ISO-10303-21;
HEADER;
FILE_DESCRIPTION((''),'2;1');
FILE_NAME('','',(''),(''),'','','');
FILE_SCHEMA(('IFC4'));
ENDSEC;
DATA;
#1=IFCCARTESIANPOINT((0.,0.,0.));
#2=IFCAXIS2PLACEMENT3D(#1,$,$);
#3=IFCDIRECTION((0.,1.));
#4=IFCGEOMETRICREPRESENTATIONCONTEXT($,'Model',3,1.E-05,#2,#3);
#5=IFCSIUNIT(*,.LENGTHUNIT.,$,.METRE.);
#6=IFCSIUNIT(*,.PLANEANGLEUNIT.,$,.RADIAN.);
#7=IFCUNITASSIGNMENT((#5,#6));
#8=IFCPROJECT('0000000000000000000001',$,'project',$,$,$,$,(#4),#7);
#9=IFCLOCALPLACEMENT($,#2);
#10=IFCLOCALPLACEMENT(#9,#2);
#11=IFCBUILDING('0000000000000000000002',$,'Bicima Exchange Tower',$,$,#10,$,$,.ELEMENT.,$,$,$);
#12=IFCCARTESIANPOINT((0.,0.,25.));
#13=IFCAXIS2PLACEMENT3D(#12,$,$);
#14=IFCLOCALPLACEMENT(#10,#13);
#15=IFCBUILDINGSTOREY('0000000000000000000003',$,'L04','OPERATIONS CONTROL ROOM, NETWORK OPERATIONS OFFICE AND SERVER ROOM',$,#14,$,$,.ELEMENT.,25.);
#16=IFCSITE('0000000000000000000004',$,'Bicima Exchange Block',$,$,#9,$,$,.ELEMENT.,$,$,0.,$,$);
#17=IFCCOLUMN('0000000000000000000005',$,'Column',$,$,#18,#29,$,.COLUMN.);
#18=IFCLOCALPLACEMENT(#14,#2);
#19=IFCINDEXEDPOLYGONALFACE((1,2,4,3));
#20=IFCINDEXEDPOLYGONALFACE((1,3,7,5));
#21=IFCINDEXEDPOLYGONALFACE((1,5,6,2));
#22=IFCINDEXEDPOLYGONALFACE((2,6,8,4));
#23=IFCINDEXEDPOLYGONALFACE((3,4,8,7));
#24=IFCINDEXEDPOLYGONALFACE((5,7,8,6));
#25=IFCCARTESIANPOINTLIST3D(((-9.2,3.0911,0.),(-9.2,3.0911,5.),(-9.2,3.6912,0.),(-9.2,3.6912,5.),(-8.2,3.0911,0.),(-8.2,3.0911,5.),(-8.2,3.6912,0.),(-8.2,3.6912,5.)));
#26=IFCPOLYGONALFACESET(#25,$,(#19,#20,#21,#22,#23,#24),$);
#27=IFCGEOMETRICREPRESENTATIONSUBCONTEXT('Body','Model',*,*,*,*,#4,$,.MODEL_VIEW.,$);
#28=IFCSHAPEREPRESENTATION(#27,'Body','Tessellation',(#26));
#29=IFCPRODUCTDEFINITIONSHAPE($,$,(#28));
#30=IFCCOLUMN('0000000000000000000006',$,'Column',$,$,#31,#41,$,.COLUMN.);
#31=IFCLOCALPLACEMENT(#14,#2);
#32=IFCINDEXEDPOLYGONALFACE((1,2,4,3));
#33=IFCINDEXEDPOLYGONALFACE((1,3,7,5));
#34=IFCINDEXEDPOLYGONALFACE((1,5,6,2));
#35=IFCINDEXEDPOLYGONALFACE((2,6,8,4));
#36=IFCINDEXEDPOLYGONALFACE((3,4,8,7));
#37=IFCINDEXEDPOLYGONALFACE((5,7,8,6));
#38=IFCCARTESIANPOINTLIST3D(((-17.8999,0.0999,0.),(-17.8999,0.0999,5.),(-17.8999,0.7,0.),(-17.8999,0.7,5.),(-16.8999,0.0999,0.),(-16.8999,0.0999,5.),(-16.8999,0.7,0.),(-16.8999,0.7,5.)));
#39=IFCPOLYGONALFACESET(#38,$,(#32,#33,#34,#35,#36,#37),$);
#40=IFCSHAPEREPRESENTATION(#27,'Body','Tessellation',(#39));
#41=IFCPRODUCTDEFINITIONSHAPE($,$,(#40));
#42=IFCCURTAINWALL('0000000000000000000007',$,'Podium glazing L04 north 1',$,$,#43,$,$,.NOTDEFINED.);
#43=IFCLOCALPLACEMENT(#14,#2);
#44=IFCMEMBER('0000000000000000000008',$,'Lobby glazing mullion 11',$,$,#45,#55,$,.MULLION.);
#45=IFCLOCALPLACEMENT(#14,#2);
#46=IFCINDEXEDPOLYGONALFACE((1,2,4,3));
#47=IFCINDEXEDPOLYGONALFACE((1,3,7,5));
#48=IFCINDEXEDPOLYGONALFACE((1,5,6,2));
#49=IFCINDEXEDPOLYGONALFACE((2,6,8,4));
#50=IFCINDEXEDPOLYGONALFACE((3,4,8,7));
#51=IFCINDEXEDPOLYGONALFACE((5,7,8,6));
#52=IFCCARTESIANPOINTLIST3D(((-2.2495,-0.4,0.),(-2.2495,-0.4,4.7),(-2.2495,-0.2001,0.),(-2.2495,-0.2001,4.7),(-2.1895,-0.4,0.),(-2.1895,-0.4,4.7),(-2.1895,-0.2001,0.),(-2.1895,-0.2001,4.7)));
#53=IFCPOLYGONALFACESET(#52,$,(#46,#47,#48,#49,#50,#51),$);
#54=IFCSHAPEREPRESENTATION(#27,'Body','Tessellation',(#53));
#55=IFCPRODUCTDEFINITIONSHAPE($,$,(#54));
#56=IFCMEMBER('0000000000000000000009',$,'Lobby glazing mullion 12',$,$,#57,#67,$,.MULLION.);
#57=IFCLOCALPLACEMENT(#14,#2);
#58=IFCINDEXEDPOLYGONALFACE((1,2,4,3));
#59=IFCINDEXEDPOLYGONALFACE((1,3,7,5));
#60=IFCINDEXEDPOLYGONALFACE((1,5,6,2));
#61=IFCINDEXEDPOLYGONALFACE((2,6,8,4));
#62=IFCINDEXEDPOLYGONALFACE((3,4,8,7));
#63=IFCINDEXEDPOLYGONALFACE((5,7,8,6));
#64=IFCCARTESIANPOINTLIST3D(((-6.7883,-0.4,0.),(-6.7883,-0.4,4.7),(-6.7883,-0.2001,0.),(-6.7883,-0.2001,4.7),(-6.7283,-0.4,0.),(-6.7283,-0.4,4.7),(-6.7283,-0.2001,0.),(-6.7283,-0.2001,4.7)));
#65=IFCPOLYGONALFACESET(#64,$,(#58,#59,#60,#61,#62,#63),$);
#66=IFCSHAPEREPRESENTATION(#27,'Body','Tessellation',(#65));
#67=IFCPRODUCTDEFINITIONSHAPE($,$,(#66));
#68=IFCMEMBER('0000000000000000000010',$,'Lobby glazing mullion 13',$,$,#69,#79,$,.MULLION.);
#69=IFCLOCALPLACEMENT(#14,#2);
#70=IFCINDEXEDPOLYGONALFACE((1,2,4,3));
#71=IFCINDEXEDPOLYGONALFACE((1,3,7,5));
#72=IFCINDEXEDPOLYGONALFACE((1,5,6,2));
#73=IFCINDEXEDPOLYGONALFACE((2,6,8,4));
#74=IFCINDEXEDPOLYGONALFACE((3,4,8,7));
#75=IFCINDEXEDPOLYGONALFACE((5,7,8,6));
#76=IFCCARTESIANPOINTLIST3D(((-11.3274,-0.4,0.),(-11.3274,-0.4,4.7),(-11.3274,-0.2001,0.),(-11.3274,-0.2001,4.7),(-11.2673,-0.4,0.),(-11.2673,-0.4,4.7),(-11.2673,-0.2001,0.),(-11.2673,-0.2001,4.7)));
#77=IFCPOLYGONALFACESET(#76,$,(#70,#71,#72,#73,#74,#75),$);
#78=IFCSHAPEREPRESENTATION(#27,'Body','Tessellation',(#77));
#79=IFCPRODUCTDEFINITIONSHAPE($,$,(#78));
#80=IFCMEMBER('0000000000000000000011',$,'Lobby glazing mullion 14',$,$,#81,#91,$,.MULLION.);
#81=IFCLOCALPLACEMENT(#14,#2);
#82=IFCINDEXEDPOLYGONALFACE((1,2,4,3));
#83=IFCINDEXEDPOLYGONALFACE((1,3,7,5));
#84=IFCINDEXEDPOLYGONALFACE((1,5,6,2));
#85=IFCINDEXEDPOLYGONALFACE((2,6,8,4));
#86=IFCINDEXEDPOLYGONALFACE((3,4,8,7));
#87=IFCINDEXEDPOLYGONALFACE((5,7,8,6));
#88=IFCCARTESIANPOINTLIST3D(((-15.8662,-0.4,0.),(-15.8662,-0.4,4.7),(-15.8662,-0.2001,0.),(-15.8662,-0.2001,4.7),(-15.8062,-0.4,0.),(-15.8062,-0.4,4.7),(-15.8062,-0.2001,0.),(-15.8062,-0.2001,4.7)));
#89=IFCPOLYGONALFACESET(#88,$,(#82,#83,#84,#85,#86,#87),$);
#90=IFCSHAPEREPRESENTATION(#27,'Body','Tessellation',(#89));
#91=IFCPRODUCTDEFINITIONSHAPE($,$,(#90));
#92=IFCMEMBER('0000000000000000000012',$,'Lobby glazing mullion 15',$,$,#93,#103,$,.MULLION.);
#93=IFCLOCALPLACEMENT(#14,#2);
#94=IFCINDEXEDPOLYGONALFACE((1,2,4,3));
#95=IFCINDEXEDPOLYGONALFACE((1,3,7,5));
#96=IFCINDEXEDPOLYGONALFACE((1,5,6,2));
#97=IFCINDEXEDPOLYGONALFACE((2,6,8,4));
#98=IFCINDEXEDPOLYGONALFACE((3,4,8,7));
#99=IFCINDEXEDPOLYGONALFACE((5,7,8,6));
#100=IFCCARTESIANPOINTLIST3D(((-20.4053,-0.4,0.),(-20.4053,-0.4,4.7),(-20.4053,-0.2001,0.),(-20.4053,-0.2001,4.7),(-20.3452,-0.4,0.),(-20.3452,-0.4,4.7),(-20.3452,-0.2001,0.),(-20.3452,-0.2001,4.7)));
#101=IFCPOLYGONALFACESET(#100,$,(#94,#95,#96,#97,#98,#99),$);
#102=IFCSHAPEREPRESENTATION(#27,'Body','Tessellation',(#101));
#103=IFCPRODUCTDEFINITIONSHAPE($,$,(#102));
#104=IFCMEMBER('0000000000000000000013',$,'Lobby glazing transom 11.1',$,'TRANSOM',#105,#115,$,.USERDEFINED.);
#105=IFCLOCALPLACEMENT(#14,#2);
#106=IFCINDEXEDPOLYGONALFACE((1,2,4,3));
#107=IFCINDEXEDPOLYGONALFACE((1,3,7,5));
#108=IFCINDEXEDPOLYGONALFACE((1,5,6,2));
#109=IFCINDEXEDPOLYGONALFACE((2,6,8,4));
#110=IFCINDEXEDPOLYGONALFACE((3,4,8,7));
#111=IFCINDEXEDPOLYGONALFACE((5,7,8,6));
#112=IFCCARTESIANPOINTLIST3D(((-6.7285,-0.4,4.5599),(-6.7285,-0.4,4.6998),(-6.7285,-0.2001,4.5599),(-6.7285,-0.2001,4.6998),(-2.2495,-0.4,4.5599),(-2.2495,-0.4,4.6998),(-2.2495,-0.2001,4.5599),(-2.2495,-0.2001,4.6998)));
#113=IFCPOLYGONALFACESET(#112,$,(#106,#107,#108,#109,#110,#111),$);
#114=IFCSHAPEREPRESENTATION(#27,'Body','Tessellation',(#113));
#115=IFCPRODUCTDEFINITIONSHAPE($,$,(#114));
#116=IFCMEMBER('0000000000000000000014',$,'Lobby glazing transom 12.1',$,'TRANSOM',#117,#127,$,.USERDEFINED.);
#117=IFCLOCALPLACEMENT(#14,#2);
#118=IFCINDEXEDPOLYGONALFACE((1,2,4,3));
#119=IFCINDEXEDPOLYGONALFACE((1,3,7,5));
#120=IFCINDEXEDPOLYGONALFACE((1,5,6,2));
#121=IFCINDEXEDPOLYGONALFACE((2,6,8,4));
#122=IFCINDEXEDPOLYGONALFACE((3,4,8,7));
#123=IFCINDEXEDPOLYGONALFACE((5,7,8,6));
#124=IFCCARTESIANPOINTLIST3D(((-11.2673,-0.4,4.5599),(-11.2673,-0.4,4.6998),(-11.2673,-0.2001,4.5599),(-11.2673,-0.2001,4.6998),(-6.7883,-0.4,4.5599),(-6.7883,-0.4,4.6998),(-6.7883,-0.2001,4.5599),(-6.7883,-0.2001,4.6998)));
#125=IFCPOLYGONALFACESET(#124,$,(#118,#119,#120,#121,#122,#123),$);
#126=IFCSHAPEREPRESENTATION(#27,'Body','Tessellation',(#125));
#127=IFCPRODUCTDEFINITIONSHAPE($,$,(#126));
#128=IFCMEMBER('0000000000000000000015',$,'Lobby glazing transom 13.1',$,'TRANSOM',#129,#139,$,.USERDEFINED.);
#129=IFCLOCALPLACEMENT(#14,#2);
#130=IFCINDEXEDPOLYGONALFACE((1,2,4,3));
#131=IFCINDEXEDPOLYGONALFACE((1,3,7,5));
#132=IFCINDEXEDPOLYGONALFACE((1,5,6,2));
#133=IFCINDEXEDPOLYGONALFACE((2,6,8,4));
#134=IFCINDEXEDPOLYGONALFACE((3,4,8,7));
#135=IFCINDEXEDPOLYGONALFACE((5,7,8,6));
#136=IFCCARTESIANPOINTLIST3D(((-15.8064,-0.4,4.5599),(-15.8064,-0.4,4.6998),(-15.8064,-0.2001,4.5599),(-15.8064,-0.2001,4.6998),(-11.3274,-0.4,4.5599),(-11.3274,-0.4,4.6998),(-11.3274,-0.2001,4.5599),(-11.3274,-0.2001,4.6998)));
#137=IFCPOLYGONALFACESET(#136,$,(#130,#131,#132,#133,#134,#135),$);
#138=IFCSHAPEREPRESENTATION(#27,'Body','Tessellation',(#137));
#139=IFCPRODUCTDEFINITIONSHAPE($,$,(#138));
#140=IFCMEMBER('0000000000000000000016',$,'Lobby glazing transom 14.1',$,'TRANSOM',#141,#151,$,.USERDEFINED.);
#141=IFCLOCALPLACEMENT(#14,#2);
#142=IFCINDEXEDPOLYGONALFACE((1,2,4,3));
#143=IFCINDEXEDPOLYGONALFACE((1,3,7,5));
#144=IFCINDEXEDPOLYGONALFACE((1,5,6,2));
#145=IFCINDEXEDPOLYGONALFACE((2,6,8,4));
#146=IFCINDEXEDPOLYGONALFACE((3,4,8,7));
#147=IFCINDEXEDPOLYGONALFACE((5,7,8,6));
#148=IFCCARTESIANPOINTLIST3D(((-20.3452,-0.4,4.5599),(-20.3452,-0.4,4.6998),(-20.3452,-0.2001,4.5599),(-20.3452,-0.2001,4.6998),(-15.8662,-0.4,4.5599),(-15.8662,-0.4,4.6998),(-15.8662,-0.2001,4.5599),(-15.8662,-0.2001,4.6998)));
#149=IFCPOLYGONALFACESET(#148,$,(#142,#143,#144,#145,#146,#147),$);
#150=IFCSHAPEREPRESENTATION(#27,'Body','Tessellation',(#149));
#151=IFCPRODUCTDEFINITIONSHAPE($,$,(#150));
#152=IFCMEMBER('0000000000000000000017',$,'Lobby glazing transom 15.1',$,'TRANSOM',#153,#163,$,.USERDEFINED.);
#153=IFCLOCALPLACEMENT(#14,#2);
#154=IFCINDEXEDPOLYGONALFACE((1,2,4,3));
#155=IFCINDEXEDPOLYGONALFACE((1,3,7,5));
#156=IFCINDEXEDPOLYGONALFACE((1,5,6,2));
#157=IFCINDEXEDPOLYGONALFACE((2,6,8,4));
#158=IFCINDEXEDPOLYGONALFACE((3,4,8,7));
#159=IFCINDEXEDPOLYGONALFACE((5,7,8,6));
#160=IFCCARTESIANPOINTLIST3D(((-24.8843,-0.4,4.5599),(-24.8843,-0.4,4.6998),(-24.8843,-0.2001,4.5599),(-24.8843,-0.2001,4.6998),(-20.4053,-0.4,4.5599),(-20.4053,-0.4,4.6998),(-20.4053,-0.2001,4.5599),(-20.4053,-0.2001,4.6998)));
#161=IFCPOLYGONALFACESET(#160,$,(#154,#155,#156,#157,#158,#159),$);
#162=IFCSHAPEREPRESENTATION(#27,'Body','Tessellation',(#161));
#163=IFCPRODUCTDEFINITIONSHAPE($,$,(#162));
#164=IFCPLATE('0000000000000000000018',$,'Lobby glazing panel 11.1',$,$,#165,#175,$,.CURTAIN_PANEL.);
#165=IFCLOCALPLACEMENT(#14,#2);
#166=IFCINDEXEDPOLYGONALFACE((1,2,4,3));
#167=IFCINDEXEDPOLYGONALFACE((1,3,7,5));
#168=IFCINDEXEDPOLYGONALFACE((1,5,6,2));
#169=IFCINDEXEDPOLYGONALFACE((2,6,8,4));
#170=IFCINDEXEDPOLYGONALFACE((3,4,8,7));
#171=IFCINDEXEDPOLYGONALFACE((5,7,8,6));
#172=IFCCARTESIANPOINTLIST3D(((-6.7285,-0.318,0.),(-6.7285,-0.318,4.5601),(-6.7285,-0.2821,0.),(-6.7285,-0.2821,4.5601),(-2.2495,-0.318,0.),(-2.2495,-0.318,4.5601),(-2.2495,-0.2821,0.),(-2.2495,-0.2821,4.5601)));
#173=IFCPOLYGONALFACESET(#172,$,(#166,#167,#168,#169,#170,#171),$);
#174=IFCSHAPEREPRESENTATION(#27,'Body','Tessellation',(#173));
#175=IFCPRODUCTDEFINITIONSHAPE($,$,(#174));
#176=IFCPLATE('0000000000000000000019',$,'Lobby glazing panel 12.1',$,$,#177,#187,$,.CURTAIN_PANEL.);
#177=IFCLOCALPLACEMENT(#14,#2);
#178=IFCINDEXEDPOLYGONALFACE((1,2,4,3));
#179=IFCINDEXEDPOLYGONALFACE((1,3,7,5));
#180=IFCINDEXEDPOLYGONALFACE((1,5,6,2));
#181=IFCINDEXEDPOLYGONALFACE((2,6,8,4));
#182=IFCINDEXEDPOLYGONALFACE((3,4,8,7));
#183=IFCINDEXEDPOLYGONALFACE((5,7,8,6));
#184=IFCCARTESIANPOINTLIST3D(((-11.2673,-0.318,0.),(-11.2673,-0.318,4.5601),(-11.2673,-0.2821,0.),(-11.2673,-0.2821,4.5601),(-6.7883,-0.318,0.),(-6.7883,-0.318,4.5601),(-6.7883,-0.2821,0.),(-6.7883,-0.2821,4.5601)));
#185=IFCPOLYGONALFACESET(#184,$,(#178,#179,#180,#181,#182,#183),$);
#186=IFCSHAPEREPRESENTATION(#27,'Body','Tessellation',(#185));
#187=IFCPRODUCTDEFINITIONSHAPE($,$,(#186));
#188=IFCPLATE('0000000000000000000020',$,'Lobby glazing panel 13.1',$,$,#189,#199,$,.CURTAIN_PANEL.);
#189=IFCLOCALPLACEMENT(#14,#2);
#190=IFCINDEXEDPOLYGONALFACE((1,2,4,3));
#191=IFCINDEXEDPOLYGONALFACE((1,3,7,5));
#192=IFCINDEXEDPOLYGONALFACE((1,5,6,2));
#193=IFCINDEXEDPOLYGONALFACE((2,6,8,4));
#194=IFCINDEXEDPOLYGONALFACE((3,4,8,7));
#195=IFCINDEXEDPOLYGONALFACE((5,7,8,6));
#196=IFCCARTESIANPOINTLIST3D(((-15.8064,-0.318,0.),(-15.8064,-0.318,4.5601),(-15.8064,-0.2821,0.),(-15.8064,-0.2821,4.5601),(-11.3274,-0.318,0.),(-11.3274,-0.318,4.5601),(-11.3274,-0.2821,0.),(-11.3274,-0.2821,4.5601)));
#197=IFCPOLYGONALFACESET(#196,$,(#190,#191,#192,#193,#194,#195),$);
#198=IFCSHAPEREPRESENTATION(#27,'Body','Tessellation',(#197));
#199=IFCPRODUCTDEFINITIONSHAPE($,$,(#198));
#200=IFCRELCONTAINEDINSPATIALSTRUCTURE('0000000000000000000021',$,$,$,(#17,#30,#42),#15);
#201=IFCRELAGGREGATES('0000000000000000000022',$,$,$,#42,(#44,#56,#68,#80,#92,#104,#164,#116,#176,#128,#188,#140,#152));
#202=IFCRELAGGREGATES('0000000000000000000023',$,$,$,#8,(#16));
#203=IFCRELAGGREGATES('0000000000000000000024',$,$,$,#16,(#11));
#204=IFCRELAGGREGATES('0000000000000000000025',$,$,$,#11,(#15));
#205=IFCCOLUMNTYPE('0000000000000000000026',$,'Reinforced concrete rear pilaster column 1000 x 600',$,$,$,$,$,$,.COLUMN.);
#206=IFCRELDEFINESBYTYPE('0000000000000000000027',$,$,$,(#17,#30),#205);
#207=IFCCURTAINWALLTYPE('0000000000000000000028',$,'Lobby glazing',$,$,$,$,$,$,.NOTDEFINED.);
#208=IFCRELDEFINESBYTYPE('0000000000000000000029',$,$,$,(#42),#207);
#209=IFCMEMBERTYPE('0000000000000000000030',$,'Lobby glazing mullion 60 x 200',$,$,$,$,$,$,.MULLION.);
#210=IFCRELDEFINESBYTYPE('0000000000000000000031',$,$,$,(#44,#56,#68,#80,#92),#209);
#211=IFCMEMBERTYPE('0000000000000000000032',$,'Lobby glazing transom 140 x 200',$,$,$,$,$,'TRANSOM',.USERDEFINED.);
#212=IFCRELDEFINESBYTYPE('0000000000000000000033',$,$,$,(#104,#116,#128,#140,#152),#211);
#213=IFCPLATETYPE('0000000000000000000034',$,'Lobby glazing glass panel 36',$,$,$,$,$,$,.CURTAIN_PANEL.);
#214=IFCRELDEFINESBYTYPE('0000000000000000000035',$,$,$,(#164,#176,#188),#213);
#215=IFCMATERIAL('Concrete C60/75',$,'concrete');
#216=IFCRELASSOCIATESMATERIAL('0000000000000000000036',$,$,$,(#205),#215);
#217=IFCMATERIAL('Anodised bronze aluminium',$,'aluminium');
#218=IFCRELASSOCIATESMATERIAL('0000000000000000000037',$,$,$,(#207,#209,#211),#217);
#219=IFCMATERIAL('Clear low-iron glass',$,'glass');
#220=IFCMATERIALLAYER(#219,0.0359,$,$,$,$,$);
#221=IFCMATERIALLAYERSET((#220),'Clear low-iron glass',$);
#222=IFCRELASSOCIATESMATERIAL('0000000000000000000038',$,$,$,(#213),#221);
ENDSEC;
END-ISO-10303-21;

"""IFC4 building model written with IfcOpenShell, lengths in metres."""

from ifc_helpers import new_model, si_unit, direction, frame, origin, origin_2d, place, context, subcontext, project, spatial, rectangle, extrude, material, layer, layer_set, material_profile, profile_set, type_object, element, aggregate, save


model = new_model("IFC4")

# Units and contexts
model_context = context("Model", 3, precision=1e-05, world=origin(), true_north=direction((0.0, 1.0)))
body_context = subcontext(model_context, "Body", "Model", "MODEL_VIEW")
ifc_project = project(units=[si_unit("LENGTHUNIT", "METRE"), si_unit("PLANEANGLEUNIT", "RADIAN")], contexts=[model_context])

# Site, building, storey
site_placement = place(None, origin())
site = spatial("IfcSite", under=ifc_project, at=site_placement, Name="Bicima Exchange Block", CompositionType="ELEMENT", RefElevation=0.0)
building_placement = place(site_placement, origin())
building = spatial("IfcBuilding", under=site, at=building_placement, Name="Bicima Exchange Tower", CompositionType="ELEMENT")
storey_placement = place(building_placement, frame((0.0, 0.0, 25.0)))
storey = spatial("IfcBuildingStorey", under=building, at=storey_placement, Name="L04", Description="OPERATIONS CONTROL ROOM, NETWORK OPERATIONS OFFICE AND SERVER ROOM", CompositionType="ELEMENT", Elevation=25.0)

# Columns
ifc_material_1 = material(Name="Concrete C60/75", Category="concrete")
ifc_material_profile_1 = material_profile(ifc_material_1, rectangle(XDim=1.0, YDim=0.6001, at=origin_2d()))
ifc_profile_set_1 = profile_set([ifc_material_profile_1], Name="Concrete C60/75")
column_type = type_object("IfcColumnType", Name="Reinforced concrete rear pilaster column 1000 x 600", PredefinedType="COLUMN", material=ifc_profile_set_1)
for number, where, z_axis, x_axis, name in (
    (1, (-8.7, 3.3911, 0.0), (0.0, 0.0, 1.0), (1.0, 0.0, 0.0), "Column"),
    (2, (-17.3999, 0.3999, 0.0), (0.0, 0.0, 1.0), (1.0, 0.0, 0.0), "Column"),
):
    element("IfcColumn", number, at=place(storey_placement, frame(where, z_axis=z_axis, x_axis=x_axis)), inside=storey, type_object=column_type, Name=name, PredefinedType="COLUMN", context=body_context, shape_type="SweptSolid", body=[
        extrude(rectangle(XDim=1.0, YDim=0.6001, at=origin_2d()), origin(), (0.0, 0.0, 1.0), 5.0),
    ])

# Curtain wall, members, plates
ifc_material_2 = material(Name="Anodised bronze aluminium", Category="aluminium")
curtain_wall_type = type_object("IfcCurtainWallType", Name="Lobby glazing", PredefinedType="NOTDEFINED", material=ifc_material_2)
curtain_wall_placement = place(storey_placement, origin())
curtain_wall = element("IfcCurtainWall", 3, at=curtain_wall_placement, inside=storey, type_object=curtain_wall_type, Name="Podium glazing L04 north 1", PredefinedType="NOTDEFINED")
ifc_material_profile_2 = material_profile(ifc_material_2, rectangle(XDim=0.2, YDim=0.0601, at=origin_2d()))
ifc_profile_set_2 = profile_set([ifc_material_profile_2], Name="Anodised bronze aluminium")
member_type_1 = type_object("IfcMemberType", Name="Lobby glazing mullion 60 x 200", PredefinedType="MULLION", material=ifc_profile_set_2)
member_1_placement = place(storey_placement, frame((-2.2195, -0.3, 0.0), z_axis=(0.0, 0.0, 1.0), x_axis=(0.0, -1.0, 0.0)))
member_1 = element("IfcMember", 4, at=member_1_placement, type_object=member_type_1, Name="Lobby glazing mullion 11", PredefinedType="MULLION", context=body_context, shape_type="SweptSolid", body=[
    extrude(rectangle(XDim=0.2, YDim=0.0601, at=origin_2d()), origin(), (0.0, 0.0, 1.0), 4.7),
])
member_2_placement = place(storey_placement, frame((-6.7583, -0.3, 0.0), z_axis=(0.0, 0.0, 1.0), x_axis=(0.0, -1.0, 0.0)))
member_2 = element("IfcMember", 5, at=member_2_placement, type_object=member_type_1, Name="Lobby glazing mullion 12", PredefinedType="MULLION", context=body_context, shape_type="SweptSolid", body=[
    extrude(rectangle(XDim=0.2, YDim=0.0601, at=origin_2d()), origin(), (0.0, 0.0, 1.0), 4.7),
])
member_3_placement = place(storey_placement, frame((-11.2974, -0.3, 0.0), z_axis=(0.0, 0.0, 1.0), x_axis=(0.0, -1.0, 0.0)))
member_3 = element("IfcMember", 6, at=member_3_placement, type_object=member_type_1, Name="Lobby glazing mullion 13", PredefinedType="MULLION", context=body_context, shape_type="SweptSolid", body=[
    extrude(rectangle(XDim=0.2, YDim=0.0601, at=origin_2d()), origin(), (0.0, 0.0, 1.0), 4.7),
])
member_4_placement = place(storey_placement, frame((-15.8362, -0.3, 0.0), z_axis=(0.0, 0.0, 1.0), x_axis=(0.0, -1.0, 0.0)))
member_4 = element("IfcMember", 7, at=member_4_placement, type_object=member_type_1, Name="Lobby glazing mullion 14", PredefinedType="MULLION", context=body_context, shape_type="SweptSolid", body=[
    extrude(rectangle(XDim=0.2, YDim=0.0601, at=origin_2d()), origin(), (0.0, 0.0, 1.0), 4.7),
])
member_5_placement = place(storey_placement, frame((-20.3752, -0.3, 0.0), z_axis=(0.0, 0.0, 1.0), x_axis=(0.0, -1.0, 0.0)))
member_5 = element("IfcMember", 8, at=member_5_placement, type_object=member_type_1, Name="Lobby glazing mullion 15", PredefinedType="MULLION", context=body_context, shape_type="SweptSolid", body=[
    extrude(rectangle(XDim=0.2, YDim=0.0601, at=origin_2d()), origin(), (0.0, 0.0, 1.0), 4.7),
])
ifc_material_profile_3 = material_profile(ifc_material_2, rectangle(XDim=0.2, YDim=0.1399, at=origin_2d()))
ifc_profile_set_3 = profile_set([ifc_material_profile_3], Name="Anodised bronze aluminium")
member_type_2 = type_object("IfcMemberType", Name="Lobby glazing transom 140 x 200", ElementType="TRANSOM", PredefinedType="USERDEFINED", material=ifc_profile_set_3)
member_6_placement = place(storey_placement, frame((-2.2495, -0.3, 4.6299), z_axis=(-1.0, 0.0, 0.0), x_axis=(0.0, -1.0, 0.0)))
member_6 = element("IfcMember", 9, at=member_6_placement, type_object=member_type_2, Name="Lobby glazing transom 11.1", ObjectType="TRANSOM", PredefinedType="USERDEFINED", context=body_context, shape_type="SweptSolid", body=[
    extrude(rectangle(XDim=0.2, YDim=0.1399, at=origin_2d()), origin(), (0.0, 0.0, 1.0), 4.479),
])
member_7_placement = place(storey_placement, frame((-6.7883, -0.3, 4.6299), z_axis=(-1.0, 0.0, 0.0), x_axis=(0.0, -1.0, 0.0)))
member_7 = element("IfcMember", 10, at=member_7_placement, type_object=member_type_2, Name="Lobby glazing transom 12.1", ObjectType="TRANSOM", PredefinedType="USERDEFINED", context=body_context, shape_type="SweptSolid", body=[
    extrude(rectangle(XDim=0.2, YDim=0.1399, at=origin_2d()), origin(), (0.0, 0.0, 1.0), 4.479),
])
member_8_placement = place(storey_placement, frame((-11.3274, -0.3, 4.6299), z_axis=(-1.0, 0.0, 0.0), x_axis=(0.0, -1.0, 0.0)))
member_8 = element("IfcMember", 11, at=member_8_placement, type_object=member_type_2, Name="Lobby glazing transom 13.1", ObjectType="TRANSOM", PredefinedType="USERDEFINED", context=body_context, shape_type="SweptSolid", body=[
    extrude(rectangle(XDim=0.2, YDim=0.1399, at=origin_2d()), origin(), (0.0, 0.0, 1.0), 4.479),
])
member_9_placement = place(storey_placement, frame((-15.8662, -0.3, 4.6299), z_axis=(-1.0, 0.0, 0.0), x_axis=(0.0, -1.0, 0.0)))
member_9 = element("IfcMember", 12, at=member_9_placement, type_object=member_type_2, Name="Lobby glazing transom 14.1", ObjectType="TRANSOM", PredefinedType="USERDEFINED", context=body_context, shape_type="SweptSolid", body=[
    extrude(rectangle(XDim=0.2, YDim=0.1399, at=origin_2d()), origin(), (0.0, 0.0, 1.0), 4.479),
])
member_10_placement = place(storey_placement, frame((-20.4053, -0.3, 4.6299), z_axis=(-1.0, 0.0, 0.0), x_axis=(0.0, -1.0, 0.0)))
member_10 = element("IfcMember", 13, at=member_10_placement, type_object=member_type_2, Name="Lobby glazing transom 15.1", ObjectType="TRANSOM", PredefinedType="USERDEFINED", context=body_context, shape_type="SweptSolid", body=[
    extrude(rectangle(XDim=0.2, YDim=0.1399, at=origin_2d()), origin(), (0.0, 0.0, 1.0), 4.479),
])
ifc_material_3 = material(Name="Clear low-iron glass", Category="glass")
ifc_layer_1 = layer(ifc_material_3, 0.0359)
ifc_layer_set_1 = layer_set([ifc_layer_1], Name="Clear low-iron glass")
plate_type = type_object("IfcPlateType", Name="Lobby glazing glass panel 36", PredefinedType="CURTAIN_PANEL", material=ifc_layer_set_1)
plate_1_placement = place(storey_placement, frame((-4.489, -0.3, 0.0), z_axis=(0.0, 0.0, 1.0), x_axis=(-1.0, 0.0, 0.0)))
plate_1 = element("IfcPlate", 14, at=plate_1_placement, type_object=plate_type, Name="Lobby glazing panel 11.1", PredefinedType="CURTAIN_PANEL", context=body_context, shape_type="SweptSolid", body=[
    extrude(rectangle(XDim=4.479, YDim=0.0359, at=origin_2d()), origin(), (0.0, 0.0, 1.0), 4.5601),
])
plate_2_placement = place(storey_placement, frame((-9.0278, -0.3, 0.0), z_axis=(0.0, 0.0, 1.0), x_axis=(-1.0, 0.0, 0.0)))
plate_2 = element("IfcPlate", 15, at=plate_2_placement, type_object=plate_type, Name="Lobby glazing panel 12.1", PredefinedType="CURTAIN_PANEL", context=body_context, shape_type="SweptSolid", body=[
    extrude(rectangle(XDim=4.479, YDim=0.0359, at=origin_2d()), origin(), (0.0, 0.0, 1.0), 4.5601),
])
plate_3_placement = place(storey_placement, frame((-13.5669, -0.3, 0.0), z_axis=(0.0, 0.0, 1.0), x_axis=(-1.0, 0.0, 0.0)))
plate_3 = element("IfcPlate", 16, at=plate_3_placement, type_object=plate_type, Name="Lobby glazing panel 13.1", PredefinedType="CURTAIN_PANEL", context=body_context, shape_type="SweptSolid", body=[
    extrude(rectangle(XDim=4.479, YDim=0.0359, at=origin_2d()), origin(), (0.0, 0.0, 1.0), 4.5601),
])
aggregate(curtain_wall, [member_1, member_2, member_3, member_4, member_5, member_6, plate_1, member_7, plate_2, member_8, plate_3, member_9, member_10])

save(model, "model.ifc")
